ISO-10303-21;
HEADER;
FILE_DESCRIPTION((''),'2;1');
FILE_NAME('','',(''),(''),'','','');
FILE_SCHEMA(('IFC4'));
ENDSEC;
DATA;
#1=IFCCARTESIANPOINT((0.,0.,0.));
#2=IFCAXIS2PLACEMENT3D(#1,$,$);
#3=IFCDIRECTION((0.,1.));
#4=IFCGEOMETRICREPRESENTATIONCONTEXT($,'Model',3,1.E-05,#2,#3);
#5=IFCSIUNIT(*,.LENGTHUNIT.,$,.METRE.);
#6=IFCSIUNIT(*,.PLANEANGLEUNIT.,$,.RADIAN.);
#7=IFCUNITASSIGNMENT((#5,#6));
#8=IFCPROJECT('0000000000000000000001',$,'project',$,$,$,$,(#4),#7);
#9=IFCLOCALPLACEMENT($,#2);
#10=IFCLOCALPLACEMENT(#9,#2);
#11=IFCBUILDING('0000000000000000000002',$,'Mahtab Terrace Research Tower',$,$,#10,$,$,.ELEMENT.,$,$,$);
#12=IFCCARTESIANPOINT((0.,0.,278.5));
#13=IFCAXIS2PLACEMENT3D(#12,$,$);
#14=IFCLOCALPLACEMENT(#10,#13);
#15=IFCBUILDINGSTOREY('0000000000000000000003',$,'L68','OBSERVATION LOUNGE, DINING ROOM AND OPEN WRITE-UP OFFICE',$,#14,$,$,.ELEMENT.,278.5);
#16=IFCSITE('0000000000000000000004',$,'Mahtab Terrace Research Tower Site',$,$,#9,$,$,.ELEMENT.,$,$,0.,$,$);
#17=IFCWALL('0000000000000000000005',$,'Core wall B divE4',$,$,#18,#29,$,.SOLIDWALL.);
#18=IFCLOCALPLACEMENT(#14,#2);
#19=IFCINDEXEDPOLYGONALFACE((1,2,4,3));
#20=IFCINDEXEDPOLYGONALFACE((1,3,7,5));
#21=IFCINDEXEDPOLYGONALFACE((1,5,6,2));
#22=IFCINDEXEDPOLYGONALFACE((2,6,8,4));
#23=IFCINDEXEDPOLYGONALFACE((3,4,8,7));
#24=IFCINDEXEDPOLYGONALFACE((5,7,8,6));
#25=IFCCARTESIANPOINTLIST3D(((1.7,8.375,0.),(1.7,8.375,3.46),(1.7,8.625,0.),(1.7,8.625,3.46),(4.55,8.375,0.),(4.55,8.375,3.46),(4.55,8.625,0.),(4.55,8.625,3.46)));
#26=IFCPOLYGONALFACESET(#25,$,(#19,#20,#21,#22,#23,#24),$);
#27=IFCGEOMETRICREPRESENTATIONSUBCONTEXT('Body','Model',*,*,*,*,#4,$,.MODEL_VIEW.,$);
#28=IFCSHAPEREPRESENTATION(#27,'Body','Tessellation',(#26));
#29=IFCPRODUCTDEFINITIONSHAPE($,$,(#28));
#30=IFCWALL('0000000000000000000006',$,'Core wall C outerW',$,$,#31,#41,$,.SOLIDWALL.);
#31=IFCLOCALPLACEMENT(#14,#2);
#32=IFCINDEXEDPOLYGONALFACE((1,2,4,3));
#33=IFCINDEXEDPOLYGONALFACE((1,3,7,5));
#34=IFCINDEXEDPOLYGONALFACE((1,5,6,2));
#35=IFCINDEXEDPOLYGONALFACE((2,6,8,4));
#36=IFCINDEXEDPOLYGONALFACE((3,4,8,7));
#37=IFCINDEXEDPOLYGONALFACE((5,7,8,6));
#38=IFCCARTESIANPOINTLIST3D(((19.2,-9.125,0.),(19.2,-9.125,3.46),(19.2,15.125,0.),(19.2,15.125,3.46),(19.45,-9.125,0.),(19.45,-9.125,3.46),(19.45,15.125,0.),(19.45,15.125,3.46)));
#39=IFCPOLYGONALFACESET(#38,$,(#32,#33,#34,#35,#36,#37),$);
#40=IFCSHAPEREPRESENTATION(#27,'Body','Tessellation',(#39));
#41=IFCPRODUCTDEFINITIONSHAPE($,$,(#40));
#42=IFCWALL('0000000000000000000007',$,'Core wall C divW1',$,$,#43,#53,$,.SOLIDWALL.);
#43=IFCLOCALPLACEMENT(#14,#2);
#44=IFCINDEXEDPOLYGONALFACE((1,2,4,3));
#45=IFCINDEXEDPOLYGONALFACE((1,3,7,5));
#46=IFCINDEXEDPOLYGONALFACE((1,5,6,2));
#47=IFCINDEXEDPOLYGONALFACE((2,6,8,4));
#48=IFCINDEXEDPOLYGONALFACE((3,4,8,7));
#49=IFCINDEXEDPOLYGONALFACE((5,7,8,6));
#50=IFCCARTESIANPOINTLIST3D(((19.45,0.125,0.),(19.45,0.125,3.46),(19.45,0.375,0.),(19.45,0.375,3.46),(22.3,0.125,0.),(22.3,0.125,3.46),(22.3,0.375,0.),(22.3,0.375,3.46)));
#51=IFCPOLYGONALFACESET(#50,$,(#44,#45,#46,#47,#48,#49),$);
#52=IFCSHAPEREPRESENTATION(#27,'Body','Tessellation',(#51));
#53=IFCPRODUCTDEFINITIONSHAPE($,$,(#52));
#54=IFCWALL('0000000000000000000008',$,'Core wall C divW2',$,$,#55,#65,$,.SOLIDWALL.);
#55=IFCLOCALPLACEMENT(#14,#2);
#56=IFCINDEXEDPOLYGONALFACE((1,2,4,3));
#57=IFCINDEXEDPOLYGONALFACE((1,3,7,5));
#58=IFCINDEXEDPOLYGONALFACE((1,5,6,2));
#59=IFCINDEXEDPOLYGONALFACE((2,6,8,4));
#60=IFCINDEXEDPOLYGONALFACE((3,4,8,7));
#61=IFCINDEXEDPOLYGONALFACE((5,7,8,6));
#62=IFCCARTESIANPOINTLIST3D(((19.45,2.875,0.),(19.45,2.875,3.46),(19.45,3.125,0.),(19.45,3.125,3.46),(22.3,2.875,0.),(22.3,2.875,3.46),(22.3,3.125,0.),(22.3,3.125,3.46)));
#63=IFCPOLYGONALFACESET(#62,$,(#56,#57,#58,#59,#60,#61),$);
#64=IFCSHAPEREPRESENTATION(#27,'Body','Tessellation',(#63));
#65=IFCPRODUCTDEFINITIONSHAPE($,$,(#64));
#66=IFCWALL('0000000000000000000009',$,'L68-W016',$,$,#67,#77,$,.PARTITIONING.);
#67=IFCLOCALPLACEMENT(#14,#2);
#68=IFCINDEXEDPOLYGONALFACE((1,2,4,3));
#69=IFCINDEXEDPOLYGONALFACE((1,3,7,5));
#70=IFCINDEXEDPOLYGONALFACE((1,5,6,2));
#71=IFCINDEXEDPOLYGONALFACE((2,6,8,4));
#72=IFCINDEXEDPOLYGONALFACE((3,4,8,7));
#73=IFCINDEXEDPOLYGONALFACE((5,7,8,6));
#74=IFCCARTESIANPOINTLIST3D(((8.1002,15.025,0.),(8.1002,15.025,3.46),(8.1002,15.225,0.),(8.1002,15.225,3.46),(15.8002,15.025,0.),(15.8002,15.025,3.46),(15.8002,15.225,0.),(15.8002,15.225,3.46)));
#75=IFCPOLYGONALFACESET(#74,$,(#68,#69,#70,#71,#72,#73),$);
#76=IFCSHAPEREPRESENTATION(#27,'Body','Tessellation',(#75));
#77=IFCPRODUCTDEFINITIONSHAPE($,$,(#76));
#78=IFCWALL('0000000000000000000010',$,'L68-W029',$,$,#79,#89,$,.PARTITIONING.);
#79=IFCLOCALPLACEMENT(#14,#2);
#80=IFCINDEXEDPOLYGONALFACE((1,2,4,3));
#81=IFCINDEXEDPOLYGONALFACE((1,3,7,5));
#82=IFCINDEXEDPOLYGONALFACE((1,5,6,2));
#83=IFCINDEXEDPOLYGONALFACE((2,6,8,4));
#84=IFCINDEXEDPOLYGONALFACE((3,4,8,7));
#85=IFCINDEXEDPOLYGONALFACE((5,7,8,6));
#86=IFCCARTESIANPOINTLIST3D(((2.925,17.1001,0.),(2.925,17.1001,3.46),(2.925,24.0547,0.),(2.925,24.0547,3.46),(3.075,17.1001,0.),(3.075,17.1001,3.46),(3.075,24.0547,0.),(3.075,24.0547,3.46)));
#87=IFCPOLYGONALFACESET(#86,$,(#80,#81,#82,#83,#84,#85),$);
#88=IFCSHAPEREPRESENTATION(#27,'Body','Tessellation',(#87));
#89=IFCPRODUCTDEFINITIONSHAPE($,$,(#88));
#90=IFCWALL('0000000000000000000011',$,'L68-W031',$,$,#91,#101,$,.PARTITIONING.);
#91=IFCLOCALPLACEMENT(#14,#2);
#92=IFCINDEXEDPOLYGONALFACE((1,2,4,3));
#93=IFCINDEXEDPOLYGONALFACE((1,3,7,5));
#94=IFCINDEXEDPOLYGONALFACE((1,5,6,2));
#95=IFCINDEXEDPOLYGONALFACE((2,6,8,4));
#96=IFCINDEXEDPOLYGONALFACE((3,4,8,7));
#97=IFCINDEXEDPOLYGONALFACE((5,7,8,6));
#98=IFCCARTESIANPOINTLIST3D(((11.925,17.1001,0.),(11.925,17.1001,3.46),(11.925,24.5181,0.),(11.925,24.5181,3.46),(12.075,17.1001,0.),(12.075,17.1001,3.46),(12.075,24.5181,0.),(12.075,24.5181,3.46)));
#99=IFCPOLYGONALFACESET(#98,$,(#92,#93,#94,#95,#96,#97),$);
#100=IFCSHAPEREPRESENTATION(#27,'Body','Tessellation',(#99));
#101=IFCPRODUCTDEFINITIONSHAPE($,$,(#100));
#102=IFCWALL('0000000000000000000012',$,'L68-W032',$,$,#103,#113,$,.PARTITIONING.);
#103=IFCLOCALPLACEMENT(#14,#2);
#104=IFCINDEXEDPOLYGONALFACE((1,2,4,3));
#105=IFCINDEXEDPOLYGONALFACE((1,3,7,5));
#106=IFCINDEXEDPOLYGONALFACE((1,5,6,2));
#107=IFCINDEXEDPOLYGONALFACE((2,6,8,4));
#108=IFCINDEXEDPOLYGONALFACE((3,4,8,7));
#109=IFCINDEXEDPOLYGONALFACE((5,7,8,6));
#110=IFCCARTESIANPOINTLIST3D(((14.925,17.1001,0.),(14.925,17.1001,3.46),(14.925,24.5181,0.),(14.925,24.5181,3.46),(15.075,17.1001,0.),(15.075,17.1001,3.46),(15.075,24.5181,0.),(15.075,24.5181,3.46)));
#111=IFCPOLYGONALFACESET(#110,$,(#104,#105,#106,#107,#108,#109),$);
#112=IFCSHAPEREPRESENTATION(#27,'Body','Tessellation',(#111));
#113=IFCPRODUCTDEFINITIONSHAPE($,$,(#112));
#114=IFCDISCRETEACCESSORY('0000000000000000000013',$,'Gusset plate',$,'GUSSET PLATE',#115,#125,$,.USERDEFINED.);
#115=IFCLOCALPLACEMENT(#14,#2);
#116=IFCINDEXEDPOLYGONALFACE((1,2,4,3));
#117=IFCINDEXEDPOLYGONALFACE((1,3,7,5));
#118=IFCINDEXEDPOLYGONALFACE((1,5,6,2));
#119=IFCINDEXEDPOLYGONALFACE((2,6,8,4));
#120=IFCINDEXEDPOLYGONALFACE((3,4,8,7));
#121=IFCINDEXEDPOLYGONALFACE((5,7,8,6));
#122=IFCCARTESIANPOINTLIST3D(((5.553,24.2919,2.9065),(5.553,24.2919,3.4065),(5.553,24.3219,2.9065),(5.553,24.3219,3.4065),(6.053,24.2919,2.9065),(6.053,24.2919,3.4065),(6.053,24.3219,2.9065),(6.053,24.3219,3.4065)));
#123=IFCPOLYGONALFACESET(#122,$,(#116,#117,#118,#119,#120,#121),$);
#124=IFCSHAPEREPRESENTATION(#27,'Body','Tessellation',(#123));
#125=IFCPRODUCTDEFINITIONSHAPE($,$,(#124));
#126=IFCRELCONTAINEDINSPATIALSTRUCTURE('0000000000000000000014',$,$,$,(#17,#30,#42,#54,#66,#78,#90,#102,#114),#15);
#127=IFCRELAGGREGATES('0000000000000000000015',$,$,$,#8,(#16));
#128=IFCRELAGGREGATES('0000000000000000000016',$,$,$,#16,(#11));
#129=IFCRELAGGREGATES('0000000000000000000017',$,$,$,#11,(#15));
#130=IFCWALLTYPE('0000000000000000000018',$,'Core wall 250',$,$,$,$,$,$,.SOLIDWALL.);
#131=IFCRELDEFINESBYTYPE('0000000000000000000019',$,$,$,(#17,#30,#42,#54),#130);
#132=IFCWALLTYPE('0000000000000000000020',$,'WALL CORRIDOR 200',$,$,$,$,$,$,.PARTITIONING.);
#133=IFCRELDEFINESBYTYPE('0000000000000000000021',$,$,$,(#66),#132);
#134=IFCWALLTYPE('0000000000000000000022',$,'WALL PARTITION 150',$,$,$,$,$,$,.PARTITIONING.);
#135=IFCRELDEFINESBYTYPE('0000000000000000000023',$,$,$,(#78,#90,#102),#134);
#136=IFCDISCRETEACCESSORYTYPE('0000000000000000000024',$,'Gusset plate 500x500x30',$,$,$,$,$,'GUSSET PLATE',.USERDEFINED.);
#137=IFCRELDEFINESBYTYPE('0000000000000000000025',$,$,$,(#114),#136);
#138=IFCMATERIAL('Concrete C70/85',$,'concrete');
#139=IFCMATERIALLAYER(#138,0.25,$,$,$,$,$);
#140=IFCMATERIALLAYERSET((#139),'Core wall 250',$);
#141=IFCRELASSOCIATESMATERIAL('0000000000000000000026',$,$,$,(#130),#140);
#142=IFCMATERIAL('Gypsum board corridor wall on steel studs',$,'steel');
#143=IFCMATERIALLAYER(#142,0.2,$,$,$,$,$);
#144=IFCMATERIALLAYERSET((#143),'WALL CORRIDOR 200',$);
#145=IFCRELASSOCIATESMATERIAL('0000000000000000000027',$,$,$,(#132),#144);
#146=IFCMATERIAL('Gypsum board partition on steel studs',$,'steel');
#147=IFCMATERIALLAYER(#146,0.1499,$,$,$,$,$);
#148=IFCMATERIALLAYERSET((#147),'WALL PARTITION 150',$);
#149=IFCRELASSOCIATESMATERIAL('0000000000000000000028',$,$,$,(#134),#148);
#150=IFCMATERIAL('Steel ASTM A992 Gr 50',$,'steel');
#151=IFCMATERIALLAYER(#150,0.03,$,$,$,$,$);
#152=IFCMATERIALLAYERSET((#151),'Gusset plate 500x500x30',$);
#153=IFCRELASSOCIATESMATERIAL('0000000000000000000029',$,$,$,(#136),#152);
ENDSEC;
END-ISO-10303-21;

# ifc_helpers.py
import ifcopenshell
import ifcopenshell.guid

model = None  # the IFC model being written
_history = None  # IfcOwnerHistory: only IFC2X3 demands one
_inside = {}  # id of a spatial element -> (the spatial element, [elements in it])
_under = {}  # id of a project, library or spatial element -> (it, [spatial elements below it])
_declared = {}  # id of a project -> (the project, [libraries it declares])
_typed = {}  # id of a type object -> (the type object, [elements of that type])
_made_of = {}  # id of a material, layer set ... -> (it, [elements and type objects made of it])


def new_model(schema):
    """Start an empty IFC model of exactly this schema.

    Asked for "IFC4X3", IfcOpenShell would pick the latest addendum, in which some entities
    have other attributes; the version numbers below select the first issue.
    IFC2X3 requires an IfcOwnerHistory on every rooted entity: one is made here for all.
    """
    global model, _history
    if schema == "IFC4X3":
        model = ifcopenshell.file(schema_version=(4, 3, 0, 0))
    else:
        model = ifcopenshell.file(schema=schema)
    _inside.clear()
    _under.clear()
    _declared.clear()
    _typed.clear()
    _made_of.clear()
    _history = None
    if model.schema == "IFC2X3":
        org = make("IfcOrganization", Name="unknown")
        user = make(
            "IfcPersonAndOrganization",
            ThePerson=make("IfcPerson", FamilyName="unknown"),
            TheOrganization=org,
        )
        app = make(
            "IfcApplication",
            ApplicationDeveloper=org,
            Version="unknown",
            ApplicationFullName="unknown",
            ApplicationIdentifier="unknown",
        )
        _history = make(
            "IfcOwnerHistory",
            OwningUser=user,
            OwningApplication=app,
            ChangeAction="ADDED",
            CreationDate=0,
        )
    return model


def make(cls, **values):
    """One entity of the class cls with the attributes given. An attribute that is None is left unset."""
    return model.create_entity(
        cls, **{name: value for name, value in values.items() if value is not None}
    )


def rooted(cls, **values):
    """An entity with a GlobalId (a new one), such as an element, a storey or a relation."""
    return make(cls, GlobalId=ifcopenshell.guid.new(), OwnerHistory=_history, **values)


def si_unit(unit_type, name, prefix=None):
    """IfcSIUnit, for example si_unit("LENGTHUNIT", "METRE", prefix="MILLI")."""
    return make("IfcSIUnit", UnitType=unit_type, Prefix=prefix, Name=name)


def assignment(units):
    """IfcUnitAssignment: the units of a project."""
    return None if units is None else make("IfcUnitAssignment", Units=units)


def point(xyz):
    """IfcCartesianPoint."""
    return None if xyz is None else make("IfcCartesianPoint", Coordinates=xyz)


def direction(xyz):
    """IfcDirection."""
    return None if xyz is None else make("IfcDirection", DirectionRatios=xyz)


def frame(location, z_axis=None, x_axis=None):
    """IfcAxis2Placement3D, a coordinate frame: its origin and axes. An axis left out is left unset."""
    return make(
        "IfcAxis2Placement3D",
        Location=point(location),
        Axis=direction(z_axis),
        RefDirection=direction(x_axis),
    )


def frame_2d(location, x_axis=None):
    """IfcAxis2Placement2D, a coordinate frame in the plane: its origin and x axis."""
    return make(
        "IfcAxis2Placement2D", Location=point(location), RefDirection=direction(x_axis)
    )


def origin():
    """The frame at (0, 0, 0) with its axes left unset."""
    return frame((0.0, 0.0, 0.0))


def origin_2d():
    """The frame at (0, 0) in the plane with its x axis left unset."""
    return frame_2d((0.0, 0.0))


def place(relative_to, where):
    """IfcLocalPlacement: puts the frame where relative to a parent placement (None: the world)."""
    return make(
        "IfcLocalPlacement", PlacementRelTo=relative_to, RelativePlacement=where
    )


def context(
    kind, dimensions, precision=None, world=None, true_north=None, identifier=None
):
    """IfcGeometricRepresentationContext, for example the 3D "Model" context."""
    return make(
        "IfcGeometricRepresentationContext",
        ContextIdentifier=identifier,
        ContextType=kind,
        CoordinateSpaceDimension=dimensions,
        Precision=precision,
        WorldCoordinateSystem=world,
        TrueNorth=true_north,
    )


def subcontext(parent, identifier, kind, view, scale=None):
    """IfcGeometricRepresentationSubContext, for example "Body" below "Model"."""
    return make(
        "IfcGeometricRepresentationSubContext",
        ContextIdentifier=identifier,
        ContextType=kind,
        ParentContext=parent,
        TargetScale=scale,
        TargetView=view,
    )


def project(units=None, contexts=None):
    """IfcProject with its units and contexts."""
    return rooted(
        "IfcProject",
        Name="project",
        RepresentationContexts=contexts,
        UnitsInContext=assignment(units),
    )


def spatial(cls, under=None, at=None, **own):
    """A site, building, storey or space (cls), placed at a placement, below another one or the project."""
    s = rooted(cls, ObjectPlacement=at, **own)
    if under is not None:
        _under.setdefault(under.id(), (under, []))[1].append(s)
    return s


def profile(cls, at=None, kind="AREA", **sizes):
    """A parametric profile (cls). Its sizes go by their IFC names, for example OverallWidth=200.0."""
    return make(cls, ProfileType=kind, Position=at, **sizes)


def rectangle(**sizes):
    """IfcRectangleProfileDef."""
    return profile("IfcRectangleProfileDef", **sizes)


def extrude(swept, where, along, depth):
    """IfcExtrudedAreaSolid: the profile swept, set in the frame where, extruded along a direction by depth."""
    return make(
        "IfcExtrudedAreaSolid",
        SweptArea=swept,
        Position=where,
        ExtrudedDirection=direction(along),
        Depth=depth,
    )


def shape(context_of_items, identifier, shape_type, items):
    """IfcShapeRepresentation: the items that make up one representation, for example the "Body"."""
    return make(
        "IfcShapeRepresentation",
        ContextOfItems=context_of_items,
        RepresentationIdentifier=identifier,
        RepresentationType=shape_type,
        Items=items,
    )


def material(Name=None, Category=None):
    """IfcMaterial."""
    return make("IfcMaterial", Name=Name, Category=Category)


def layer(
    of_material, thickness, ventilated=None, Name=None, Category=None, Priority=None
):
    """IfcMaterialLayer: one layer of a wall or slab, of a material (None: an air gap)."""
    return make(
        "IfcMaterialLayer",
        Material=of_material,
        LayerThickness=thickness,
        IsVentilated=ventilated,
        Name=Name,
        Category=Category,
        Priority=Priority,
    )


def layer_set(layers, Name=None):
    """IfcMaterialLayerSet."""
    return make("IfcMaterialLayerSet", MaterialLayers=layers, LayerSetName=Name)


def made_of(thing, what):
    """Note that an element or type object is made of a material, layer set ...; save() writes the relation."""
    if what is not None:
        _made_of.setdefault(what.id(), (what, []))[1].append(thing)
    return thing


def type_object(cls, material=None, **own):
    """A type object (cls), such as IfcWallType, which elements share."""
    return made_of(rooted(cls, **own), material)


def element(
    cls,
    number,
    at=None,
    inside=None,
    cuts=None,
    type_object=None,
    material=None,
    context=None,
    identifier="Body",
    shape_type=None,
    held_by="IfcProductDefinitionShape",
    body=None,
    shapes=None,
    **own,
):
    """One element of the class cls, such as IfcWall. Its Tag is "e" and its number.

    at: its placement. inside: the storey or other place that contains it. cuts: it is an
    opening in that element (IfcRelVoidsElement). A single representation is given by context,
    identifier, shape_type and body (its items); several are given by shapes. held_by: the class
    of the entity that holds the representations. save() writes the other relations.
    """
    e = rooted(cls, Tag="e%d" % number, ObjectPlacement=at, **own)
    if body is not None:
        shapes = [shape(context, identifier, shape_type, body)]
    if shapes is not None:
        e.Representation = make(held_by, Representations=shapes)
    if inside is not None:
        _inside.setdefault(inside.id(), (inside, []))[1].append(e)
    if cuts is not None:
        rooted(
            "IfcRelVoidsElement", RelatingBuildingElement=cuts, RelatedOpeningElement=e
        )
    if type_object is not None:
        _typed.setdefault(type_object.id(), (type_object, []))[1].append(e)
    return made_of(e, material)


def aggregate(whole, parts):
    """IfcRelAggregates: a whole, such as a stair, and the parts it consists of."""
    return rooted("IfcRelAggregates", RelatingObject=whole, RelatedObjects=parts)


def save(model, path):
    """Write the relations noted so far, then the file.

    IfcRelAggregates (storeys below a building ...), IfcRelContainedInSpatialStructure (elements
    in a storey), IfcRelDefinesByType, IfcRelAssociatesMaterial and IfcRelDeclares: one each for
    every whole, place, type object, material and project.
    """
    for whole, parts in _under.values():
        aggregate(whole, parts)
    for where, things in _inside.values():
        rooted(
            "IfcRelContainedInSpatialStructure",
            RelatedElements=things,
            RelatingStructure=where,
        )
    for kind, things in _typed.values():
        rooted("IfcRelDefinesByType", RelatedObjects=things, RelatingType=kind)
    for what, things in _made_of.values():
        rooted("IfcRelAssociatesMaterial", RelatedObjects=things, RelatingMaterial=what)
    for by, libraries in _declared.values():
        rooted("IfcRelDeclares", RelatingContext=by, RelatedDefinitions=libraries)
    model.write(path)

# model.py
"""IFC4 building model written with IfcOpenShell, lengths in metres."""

from ifc_helpers import new_model, si_unit, direction, frame, frame_2d, origin, origin_2d, place, context, subcontext, project, spatial, rectangle, extrude, material, layer, layer_set, type_object, element, save


model = new_model("IFC4")

# Units and contexts
model_context = context("Model", 3, precision=1e-05, world=origin(), true_north=direction((0.0, 1.0)))
body_context = subcontext(model_context, "Body", "Model", "MODEL_VIEW")
ifc_project = project(units=[si_unit("LENGTHUNIT", "METRE"), si_unit("PLANEANGLEUNIT", "RADIAN")], contexts=[model_context])

# Site, building, storey
site_placement = place(None, origin())
site = spatial("IfcSite", under=ifc_project, at=site_placement, Name="Mahtab Terrace Research Tower Site", CompositionType="ELEMENT", RefElevation=0.0)
building_placement = place(site_placement, origin())
building = spatial("IfcBuilding", under=site, at=building_placement, Name="Mahtab Terrace Research Tower", CompositionType="ELEMENT")
storey_placement = place(building_placement, frame((0.0, 0.0, 278.5)))
storey = spatial("IfcBuildingStorey", under=building, at=storey_placement, Name="L68", Description="OBSERVATION LOUNGE, DINING ROOM AND OPEN WRITE-UP OFFICE", CompositionType="ELEMENT", Elevation=278.5)

# Shared definitions
ifc_material_1 = material(Name="Concrete C70/85", Category="concrete")
ifc_material_2 = material(Name="Steel ASTM A992 Gr 50", Category="steel")

# Walls
ifc_layer_1 = layer(ifc_material_1, 0.25)
ifc_layer_set_1 = layer_set([ifc_layer_1], Name="Core wall 250")
wall_type_1 = type_object("IfcWallType", Name="Core wall 250", PredefinedType="SOLIDWALL", material=ifc_layer_set_1)
for number, where, z_axis, x_axis, name in (
    (1, (1.7, 8.5, 0.0), (0.0, 0.0, 1.0), (1.0, 0.0, 0.0), "Core wall B divE4"),
):
    element("IfcWall", number, at=place(storey_placement, frame(where, z_axis=z_axis, x_axis=x_axis)), inside=storey, type_object=wall_type_1, Name=name, PredefinedType="SOLIDWALL", context=body_context, shape_type="SweptSolid", body=[
        extrude(rectangle(XDim=2.8501, YDim=0.25, at=frame_2d((1.425, 0.0))), origin(), (0.0, 0.0, 1.0), 3.46),
    ])
wall_1_placement = place(storey_placement, frame((19.325, 15.125, 0.0), z_axis=(0.0, 0.0, 1.0), x_axis=(0.0, -1.0, 0.0)))
element("IfcWall", 2, at=wall_1_placement, inside=storey, type_object=wall_type_1, Name="Core wall C outerW", PredefinedType="SOLIDWALL", context=body_context, shape_type="SweptSolid", body=[
    extrude(rectangle(XDim=24.25, YDim=0.25, at=frame_2d((12.125, 0.0))), origin(), (0.0, 0.0, 1.0), 3.46),
])
for number, where, z_axis, x_axis, name in (
    (3, (19.45, 0.25, 0.0), (0.0, 0.0, 1.0), (1.0, 0.0, 0.0), "Core wall C divW1"),
    (4, (19.45, 3.0, 0.0), (0.0, 0.0, 1.0), (1.0, 0.0, 0.0), "Core wall C divW2"),
):
    element("IfcWall", number, at=place(storey_placement, frame(where, z_axis=z_axis, x_axis=x_axis)), inside=storey, type_object=wall_type_1, Name=name, PredefinedType="SOLIDWALL", context=body_context, shape_type="SweptSolid", body=[
        extrude(rectangle(XDim=2.8501, YDim=0.25, at=frame_2d((1.425, 0.0))), origin(), (0.0, 0.0, 1.0), 3.46),
    ])
ifc_material_3 = material(Name="Gypsum board corridor wall on steel studs", Category="steel")
ifc_layer_2 = layer(ifc_material_3, 0.2)
ifc_layer_set_2 = layer_set([ifc_layer_2], Name="WALL CORRIDOR 200")
wall_type_2 = type_object("IfcWallType", Name="WALL CORRIDOR 200", PredefinedType="PARTITIONING", material=ifc_layer_set_2)
wall_2_placement = place(storey_placement, frame((8.1001, 15.125, 0.0), z_axis=(0.0, 0.0, 1.0), x_axis=(1.0, 0.0, 0.0)))
element("IfcWall", 5, at=wall_2_placement, inside=storey, type_object=wall_type_2, Name="L68-W016", PredefinedType="PARTITIONING", context=body_context, shape_type="SweptSolid", body=[
    extrude(rectangle(XDim=7.7, YDim=0.2, at=frame_2d((3.8501, 0.0))), origin(), (0.0, 0.0, 1.0), 3.46),
])
ifc_material_4 = material(Name="Gypsum board partition on steel studs", Category="steel")
ifc_layer_3 = layer(ifc_material_4, 0.1499)
ifc_layer_set_3 = layer_set([ifc_layer_3], Name="WALL PARTITION 150")
wall_type_3 = type_object("IfcWallType", Name="WALL PARTITION 150", PredefinedType="PARTITIONING", material=ifc_layer_set_3)
wall_3_placement = place(storey_placement, frame((3.0, 17.1001, 0.0), z_axis=(0.0, 0.0, 1.0), x_axis=(0.0, 1.0, 0.0)))
element("IfcWall", 6, at=wall_3_placement, inside=storey, type_object=wall_type_3, Name="L68-W029", PredefinedType="PARTITIONING", context=body_context, shape_type="SweptSolid", body=[
    extrude(rectangle(XDim=6.9546, YDim=0.1499, at=frame_2d((3.4773, 0.0))), origin(), (0.0, 0.0, 1.0), 3.46),
])
for number, where, z_axis, x_axis, name in (
    (7, (12.0, 17.1001, 0.0), (0.0, 0.0, 1.0), (0.0, 1.0, 0.0), "L68-W031"),
    (8, (15.0, 17.1001, 0.0), (0.0, 0.0, 1.0), (0.0, 1.0, 0.0), "L68-W032"),
):
    element("IfcWall", number, at=place(storey_placement, frame(where, z_axis=z_axis, x_axis=x_axis)), inside=storey, type_object=wall_type_3, Name=name, PredefinedType="PARTITIONING", context=body_context, shape_type="SweptSolid", body=[
        extrude(rectangle(XDim=7.418, YDim=0.1499, at=frame_2d((3.709, 0.0))), origin(), (0.0, 0.0, 1.0), 3.46),
    ])

# Discrete accessory
ifc_layer_4 = layer(ifc_material_2, 0.03)
ifc_layer_set_4 = layer_set([ifc_layer_4], Name="Gusset plate 500x500x30")
discrete_accessory_type = type_object("IfcDiscreteAccessoryType", Name="Gusset plate 500x500x30", ElementType="GUSSET PLATE", PredefinedType="USERDEFINED", material=ifc_layer_set_4)
discrete_accessory_placement = place(storey_placement, frame((5.803, 24.3069, 2.9065), z_axis=(0.0, 0.0, 1.0), x_axis=(1.0, 0.0, 0.0)))
element("IfcDiscreteAccessory", 9, at=discrete_accessory_placement, inside=storey, type_object=discrete_accessory_type, Name="Gusset plate", ObjectType="GUSSET PLATE", PredefinedType="USERDEFINED", context=body_context, shape_type="SweptSolid", body=[
    extrude(rectangle(XDim=0.5, YDim=0.03, at=origin_2d()), origin(), (0.0, 0.0, 1.0), 0.5),
])

save(model, "model.ifc")
